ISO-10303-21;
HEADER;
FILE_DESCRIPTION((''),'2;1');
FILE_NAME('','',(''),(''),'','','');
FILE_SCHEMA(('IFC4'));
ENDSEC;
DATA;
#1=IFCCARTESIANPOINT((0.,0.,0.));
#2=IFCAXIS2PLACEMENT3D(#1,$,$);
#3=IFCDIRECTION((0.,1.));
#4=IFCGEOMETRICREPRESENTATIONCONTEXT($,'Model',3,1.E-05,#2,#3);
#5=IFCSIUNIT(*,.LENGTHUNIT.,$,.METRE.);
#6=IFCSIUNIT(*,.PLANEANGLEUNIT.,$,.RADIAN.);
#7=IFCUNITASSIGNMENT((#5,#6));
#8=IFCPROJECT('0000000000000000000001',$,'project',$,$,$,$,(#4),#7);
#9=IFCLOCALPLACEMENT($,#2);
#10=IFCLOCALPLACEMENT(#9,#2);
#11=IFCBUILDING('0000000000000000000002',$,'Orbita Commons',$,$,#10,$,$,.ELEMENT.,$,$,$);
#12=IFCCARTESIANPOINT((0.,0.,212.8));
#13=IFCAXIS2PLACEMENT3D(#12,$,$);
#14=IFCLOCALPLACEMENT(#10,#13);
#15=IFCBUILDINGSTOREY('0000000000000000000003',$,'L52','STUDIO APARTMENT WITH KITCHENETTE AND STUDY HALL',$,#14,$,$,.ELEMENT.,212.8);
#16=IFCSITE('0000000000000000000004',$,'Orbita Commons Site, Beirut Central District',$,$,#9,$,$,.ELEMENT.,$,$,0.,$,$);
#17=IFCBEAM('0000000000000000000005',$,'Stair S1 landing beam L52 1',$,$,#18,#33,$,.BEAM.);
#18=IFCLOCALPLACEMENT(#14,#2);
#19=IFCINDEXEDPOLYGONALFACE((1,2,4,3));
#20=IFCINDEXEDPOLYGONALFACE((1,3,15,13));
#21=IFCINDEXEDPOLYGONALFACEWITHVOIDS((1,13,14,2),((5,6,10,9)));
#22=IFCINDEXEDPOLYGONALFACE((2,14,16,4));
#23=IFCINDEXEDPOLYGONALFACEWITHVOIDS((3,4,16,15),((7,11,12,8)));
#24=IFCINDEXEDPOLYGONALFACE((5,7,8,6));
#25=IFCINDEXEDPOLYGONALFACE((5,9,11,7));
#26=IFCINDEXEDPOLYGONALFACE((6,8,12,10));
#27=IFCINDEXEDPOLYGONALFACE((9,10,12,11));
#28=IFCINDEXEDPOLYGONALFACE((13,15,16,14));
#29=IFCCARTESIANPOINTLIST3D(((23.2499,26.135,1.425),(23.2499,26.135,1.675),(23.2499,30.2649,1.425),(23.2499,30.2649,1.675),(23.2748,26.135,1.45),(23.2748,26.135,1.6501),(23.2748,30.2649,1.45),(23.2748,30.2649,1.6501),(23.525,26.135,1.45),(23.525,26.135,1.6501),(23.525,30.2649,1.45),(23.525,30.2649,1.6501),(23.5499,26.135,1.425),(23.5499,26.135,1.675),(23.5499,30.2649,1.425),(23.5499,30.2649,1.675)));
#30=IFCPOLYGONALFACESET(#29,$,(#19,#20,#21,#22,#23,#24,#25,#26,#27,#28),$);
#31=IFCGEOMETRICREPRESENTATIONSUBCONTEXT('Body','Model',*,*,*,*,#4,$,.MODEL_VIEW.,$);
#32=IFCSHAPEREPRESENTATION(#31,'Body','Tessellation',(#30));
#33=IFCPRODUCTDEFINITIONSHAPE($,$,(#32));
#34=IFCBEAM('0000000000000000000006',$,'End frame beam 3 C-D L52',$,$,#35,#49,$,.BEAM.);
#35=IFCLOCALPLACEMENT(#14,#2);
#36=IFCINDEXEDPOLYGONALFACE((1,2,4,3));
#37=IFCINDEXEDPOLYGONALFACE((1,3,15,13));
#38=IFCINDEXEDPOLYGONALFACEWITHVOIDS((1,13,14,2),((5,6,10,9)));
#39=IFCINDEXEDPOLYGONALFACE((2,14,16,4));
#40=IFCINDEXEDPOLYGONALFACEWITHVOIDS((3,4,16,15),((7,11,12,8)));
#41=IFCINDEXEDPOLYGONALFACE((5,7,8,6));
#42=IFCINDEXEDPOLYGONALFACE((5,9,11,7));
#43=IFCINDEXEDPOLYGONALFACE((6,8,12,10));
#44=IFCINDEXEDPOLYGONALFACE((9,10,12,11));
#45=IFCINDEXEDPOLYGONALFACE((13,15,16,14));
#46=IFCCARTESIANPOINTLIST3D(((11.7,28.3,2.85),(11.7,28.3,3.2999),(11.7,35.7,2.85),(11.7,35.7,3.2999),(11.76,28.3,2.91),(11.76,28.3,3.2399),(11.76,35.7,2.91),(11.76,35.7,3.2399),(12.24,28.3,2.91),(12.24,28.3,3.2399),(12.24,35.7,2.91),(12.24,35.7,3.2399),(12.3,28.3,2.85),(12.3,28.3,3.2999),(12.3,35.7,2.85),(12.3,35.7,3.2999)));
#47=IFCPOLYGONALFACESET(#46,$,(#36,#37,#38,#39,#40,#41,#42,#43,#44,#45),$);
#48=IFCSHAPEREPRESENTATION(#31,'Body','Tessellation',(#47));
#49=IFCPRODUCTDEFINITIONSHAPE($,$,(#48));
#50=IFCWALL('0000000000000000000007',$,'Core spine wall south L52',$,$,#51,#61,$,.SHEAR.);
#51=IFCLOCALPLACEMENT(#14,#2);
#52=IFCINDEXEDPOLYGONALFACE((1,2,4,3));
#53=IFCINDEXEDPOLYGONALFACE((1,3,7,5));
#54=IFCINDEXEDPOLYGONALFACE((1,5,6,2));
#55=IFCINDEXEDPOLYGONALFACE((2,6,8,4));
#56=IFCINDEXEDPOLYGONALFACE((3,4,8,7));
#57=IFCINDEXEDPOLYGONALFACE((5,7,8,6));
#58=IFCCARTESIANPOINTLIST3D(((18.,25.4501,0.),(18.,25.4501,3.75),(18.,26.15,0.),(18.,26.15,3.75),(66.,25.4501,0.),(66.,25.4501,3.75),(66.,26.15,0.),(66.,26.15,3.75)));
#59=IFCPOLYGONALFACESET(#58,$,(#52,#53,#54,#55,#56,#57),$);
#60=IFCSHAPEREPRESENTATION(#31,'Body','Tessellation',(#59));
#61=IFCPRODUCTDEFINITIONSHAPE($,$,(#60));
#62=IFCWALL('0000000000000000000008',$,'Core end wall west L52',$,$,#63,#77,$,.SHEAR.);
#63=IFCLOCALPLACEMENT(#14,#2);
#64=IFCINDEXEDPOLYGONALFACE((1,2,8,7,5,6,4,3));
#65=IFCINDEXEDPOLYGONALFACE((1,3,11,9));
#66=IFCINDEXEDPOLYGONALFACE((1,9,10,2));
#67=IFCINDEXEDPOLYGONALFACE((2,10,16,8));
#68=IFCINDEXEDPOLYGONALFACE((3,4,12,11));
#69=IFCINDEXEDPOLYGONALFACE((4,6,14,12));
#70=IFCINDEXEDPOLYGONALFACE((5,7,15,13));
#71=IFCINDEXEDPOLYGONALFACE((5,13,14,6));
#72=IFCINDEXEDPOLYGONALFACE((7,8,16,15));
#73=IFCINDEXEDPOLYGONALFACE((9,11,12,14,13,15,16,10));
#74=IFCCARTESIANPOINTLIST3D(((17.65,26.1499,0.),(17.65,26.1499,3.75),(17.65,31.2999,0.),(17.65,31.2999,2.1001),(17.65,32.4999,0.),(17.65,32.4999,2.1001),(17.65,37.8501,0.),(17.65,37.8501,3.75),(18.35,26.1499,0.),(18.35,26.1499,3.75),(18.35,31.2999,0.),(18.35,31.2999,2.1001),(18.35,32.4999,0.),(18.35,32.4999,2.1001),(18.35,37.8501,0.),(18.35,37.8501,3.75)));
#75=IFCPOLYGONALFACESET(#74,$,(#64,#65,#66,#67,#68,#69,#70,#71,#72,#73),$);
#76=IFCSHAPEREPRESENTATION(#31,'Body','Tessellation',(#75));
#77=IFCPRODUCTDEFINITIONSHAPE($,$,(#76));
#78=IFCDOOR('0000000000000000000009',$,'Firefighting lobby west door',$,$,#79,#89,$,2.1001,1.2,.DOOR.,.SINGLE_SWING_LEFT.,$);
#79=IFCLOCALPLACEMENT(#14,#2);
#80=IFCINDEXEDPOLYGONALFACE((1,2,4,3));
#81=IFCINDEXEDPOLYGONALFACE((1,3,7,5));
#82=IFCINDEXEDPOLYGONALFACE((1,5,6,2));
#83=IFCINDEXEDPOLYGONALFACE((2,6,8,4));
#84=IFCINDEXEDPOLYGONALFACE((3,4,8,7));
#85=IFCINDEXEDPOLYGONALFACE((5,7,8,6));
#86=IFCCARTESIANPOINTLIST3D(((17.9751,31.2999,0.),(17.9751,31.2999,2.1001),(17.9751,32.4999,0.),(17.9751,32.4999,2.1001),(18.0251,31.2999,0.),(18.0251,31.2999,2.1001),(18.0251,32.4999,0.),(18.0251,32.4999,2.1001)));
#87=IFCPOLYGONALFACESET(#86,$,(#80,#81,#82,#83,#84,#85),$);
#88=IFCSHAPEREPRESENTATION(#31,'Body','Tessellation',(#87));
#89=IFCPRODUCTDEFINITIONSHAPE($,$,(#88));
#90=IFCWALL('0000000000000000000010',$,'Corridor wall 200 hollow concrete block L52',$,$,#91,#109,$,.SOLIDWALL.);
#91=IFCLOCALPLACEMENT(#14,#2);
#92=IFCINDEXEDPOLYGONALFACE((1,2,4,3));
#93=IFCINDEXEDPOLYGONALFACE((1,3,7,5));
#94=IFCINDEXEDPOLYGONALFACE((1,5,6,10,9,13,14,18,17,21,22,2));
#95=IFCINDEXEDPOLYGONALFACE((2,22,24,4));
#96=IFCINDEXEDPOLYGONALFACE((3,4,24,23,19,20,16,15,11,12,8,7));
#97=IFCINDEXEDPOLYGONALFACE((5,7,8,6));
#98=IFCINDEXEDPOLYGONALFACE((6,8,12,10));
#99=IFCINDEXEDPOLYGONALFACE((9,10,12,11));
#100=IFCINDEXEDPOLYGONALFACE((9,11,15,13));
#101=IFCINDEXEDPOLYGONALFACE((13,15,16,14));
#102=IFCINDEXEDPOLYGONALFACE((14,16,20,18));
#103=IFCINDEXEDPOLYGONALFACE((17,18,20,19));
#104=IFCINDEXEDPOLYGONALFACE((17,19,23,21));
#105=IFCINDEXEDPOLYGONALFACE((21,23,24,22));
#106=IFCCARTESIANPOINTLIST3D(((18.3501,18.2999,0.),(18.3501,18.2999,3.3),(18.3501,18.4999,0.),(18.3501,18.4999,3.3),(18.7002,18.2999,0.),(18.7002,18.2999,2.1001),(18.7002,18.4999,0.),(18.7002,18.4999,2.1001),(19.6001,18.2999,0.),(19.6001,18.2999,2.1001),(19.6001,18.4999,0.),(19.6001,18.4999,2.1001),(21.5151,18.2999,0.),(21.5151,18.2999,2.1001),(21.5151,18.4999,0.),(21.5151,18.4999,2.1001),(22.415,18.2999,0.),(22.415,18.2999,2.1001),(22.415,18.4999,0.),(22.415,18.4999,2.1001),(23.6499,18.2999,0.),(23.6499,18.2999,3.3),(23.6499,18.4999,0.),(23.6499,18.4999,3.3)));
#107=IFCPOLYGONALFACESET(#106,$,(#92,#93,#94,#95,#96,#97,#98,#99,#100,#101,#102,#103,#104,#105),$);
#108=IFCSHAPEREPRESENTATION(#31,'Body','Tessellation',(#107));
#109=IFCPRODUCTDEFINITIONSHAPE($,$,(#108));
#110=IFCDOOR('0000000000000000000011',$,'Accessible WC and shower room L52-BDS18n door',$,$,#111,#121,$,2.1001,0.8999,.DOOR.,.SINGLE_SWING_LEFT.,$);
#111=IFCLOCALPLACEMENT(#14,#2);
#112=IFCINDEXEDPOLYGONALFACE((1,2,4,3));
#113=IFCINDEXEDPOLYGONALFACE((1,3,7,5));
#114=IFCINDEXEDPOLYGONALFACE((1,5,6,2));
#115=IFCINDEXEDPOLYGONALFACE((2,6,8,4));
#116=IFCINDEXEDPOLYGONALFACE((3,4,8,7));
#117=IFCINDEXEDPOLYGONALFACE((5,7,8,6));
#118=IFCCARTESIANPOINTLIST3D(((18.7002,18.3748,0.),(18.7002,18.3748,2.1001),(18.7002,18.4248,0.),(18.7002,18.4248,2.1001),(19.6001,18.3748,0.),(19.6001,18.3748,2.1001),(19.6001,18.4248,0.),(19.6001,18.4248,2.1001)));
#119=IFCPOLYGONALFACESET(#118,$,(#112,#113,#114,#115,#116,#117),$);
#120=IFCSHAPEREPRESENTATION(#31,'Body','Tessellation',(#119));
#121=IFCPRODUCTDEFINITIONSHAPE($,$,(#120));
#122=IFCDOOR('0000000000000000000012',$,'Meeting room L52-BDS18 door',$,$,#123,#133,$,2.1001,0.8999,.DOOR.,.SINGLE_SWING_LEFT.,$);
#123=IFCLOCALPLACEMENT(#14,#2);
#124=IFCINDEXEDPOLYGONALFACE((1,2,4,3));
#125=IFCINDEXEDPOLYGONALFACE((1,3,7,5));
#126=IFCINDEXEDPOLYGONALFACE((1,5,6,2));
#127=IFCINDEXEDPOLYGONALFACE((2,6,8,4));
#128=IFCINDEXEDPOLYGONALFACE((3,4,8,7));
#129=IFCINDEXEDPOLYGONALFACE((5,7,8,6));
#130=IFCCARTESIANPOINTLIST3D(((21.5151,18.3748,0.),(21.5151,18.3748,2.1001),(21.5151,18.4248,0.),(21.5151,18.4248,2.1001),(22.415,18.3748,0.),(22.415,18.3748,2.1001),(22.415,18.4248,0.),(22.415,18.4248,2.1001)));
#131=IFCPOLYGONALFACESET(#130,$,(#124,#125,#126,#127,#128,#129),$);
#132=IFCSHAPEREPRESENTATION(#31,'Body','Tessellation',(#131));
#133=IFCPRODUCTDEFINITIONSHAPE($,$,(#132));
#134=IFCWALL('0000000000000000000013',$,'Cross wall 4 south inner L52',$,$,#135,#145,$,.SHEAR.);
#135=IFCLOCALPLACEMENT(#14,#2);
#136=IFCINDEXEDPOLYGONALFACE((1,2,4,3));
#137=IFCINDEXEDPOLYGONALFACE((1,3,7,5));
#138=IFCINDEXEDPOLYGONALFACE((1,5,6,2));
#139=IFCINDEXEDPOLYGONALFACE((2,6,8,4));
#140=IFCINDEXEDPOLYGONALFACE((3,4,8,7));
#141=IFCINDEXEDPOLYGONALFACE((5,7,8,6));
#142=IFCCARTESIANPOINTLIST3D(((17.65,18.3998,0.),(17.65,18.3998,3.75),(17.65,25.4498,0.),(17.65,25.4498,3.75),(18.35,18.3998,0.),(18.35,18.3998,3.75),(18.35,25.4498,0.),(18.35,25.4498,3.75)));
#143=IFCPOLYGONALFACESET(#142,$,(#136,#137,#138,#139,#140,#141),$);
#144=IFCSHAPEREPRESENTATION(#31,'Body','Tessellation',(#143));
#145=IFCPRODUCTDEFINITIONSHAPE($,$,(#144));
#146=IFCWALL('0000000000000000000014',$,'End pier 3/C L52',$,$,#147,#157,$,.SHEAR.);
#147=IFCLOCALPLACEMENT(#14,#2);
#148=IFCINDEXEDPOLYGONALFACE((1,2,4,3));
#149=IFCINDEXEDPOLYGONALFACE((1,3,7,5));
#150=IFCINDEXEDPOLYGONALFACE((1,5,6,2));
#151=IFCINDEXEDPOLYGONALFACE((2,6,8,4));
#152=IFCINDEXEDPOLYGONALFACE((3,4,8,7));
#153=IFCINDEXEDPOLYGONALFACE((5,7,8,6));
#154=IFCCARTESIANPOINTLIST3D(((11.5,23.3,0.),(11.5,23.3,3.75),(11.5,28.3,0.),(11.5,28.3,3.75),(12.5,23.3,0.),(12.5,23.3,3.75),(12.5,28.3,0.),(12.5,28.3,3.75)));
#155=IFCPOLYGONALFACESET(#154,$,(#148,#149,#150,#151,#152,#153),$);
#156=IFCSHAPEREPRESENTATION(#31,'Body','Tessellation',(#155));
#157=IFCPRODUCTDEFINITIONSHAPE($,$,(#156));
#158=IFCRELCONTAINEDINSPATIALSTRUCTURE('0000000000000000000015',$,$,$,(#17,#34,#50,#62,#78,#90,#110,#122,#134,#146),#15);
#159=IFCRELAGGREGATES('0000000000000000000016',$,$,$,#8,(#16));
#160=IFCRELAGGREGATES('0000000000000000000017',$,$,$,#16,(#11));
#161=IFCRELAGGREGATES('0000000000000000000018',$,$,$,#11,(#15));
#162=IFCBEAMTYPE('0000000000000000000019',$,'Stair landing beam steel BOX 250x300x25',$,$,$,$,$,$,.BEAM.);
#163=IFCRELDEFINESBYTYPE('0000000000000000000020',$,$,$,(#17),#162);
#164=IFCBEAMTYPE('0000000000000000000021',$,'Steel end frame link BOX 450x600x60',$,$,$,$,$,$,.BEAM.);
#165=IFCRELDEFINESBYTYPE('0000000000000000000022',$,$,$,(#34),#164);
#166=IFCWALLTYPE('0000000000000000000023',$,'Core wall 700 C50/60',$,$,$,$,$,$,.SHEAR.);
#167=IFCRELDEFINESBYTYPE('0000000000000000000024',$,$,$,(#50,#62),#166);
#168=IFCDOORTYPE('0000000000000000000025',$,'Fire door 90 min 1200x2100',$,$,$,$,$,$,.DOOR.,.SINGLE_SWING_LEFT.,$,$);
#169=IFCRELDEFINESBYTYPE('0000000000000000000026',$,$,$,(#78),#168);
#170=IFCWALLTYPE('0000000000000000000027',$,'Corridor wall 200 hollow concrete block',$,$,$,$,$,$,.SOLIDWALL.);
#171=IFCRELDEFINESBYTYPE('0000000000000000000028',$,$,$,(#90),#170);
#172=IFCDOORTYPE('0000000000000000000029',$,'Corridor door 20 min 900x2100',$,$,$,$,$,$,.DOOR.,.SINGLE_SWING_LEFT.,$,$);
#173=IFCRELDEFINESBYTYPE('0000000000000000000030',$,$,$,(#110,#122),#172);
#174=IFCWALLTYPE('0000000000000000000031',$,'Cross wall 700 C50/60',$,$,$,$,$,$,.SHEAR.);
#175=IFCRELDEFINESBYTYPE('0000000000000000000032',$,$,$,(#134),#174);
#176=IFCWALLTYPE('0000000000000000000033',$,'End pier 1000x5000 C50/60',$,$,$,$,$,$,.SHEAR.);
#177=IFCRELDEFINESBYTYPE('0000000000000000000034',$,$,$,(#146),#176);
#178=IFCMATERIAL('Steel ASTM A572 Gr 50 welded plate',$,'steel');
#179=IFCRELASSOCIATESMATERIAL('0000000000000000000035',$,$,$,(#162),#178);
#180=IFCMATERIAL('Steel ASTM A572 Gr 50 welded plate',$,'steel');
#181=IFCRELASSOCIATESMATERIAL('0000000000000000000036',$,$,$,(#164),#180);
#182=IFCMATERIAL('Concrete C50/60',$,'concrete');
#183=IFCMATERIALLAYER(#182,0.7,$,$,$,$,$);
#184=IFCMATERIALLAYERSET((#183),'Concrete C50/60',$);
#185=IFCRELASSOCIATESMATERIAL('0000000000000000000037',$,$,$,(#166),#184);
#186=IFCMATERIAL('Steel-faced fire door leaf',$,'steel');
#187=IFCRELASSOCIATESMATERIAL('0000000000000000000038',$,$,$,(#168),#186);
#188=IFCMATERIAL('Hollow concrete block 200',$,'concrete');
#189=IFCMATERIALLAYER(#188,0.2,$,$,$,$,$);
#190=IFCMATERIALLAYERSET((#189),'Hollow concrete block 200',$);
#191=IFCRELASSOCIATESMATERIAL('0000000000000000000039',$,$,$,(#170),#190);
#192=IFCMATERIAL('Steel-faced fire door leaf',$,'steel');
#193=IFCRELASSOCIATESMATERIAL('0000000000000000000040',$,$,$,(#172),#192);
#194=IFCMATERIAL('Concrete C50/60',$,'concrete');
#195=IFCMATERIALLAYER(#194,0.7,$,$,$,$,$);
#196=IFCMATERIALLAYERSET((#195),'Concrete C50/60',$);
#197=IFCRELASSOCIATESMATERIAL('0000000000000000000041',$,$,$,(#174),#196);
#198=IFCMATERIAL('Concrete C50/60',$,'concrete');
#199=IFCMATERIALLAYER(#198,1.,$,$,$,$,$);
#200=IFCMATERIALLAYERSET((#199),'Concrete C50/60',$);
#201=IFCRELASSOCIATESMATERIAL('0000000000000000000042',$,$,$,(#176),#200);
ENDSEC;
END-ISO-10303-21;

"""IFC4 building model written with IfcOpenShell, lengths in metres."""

from ifc_helpers import new_model, si_unit, direction, frame, frame_2d, origin, origin_2d, place, context, subcontext, project, spatial, rectangle, hollow_rectangle, extrude, material, layer, layer_set, material_profile, profile_set, type_object, element, fill, save


model = new_model("IFC4")

# Units and contexts
model_context = context("Model", 3, precision=1e-05, world=origin(), true_north=direction((0.0, 1.0)))
body_context = subcontext(model_context, "Body", "Model", "MODEL_VIEW")
ifc_project = project(units=[si_unit("LENGTHUNIT", "METRE"), si_unit("PLANEANGLEUNIT", "RADIAN")], contexts=[model_context])

# Site, building, storey
site_placement = place(None, origin())
site = spatial("IfcSite", under=ifc_project, at=site_placement, Name="Orbita Commons Site, Beirut Central District", CompositionType="ELEMENT", RefElevation=0.0)
building_placement = place(site_placement, origin())
building = spatial("IfcBuilding", under=site, at=building_placement, Name="Orbita Commons", CompositionType="ELEMENT")
storey_placement = place(building_placement, frame((0.0, 0.0, 212.8)))
storey = spatial("IfcBuildingStorey", under=building, at=storey_placement, Name="L52", Description="STUDIO APARTMENT WITH KITCHENETTE AND STUDY HALL", CompositionType="ELEMENT", Elevation=212.8)

# Beams
ifc_material_1 = material(Name="Steel ASTM A572 Gr 50 welded plate", Category="steel")
ifc_material_profile_1 = material_profile(ifc_material_1, hollow_rectangle(XDim=0.3, YDim=0.25, WallThickness=0.0249, at=origin_2d()), Name="BOX 250x300x25")
ifc_profile_set_1 = profile_set([ifc_material_profile_1], Name="Steel ASTM A572 Gr 50 welded plate")
beam_type_1 = type_object("IfcBeamType", Name="Stair landing beam steel BOX 250x300x25", PredefinedType="BEAM", material=ifc_profile_set_1)
beam_1_placement = place(storey_placement, frame((23.3999, 26.135, 1.55), z_axis=(0.0, 1.0, 0.0), x_axis=(-1.0, 0.0, 0.0)))
element("IfcBeam", 1, at=beam_1_placement, inside=storey, type_object=beam_type_1, Name="Stair S1 landing beam L52 1", PredefinedType="BEAM", context=body_context, shape_type="SweptSolid", body=[
    extrude(hollow_rectangle(XDim=0.3, YDim=0.25, WallThickness=0.0249, at=origin_2d()), origin(), (0.0, 0.0, 1.0), 4.1299),
])
ifc_material_2 = material(Name="Steel ASTM A572 Gr 50 welded plate", Category="steel")
ifc_material_profile_2 = material_profile(ifc_material_2, hollow_rectangle(XDim=0.6001, YDim=0.45, WallThickness=0.0601, at=origin_2d()), Name="BOX 450x600x60")
ifc_profile_set_2 = profile_set([ifc_material_profile_2], Name="Steel ASTM A572 Gr 50 welded plate")
beam_type_2 = type_object("IfcBeamType", Name="Steel end frame link BOX 450x600x60", PredefinedType="BEAM", material=ifc_profile_set_2)
beam_2_placement = place(storey_placement, frame((12.0, 28.3, 3.075), z_axis=(0.0, 1.0, 0.0), x_axis=(-1.0, 0.0, 0.0)))
element("IfcBeam", 2, at=beam_2_placement, inside=storey, type_object=beam_type_2, Name="End frame beam 3 C-D L52", PredefinedType="BEAM", context=body_context, shape_type="SweptSolid", body=[
    extrude(hollow_rectangle(XDim=0.6001, YDim=0.45, WallThickness=0.0601, at=origin_2d()), origin(), (0.0, 0.0, 1.0), 7.3999),
])

# Wall
ifc_material_3 = material(Name="Concrete C50/60", Category="concrete")
ifc_layer_1 = layer(ifc_material_3, 0.7)
ifc_layer_set_1 = layer_set([ifc_layer_1], Name="Concrete C50/60")
wall_type_1 = type_object("IfcWallType", Name="Core wall 700 C50/60", PredefinedType="SHEAR", material=ifc_layer_set_1)
wall_1_placement = place(storey_placement, frame((18.0, 25.8, 0.0), z_axis=(0.0, 0.0, 1.0), x_axis=(1.0, 0.0, 0.0)))
element("IfcWall", 3, at=wall_1_placement, inside=storey, type_object=wall_type_1, Name="Core spine wall south L52", PredefinedType="SHEAR", context=body_context, shape_type="SweptSolid", body=[
    extrude(rectangle(XDim=48.0, YDim=0.7, at=frame_2d((24.0, 0.0))), origin(), (0.0, 0.0, 1.0), 3.75),
])

# Wall, opening, door
wall_2_placement = place(storey_placement, frame((18.0, 26.1499, 0.0), z_axis=(0.0, 0.0, 1.0), x_axis=(0.0, 1.0, 0.0)))
wall_2 = element("IfcWall", 4, at=wall_2_placement, inside=storey, type_object=wall_type_1, Name="Core end wall west L52", PredefinedType="SHEAR", context=body_context, shape_type="SweptSolid", body=[
    extrude(rectangle(XDim=11.7002, YDim=0.7, at=frame_2d((5.8501, 0.0))), origin(), (0.0, 0.0, 1.0), 3.75),
])
opening_1_placement = place(wall_2_placement, frame((5.1499, 0.0, 0.0)))
opening_1 = element("IfcOpeningElement", 5, at=opening_1_placement, cuts=wall_2, PredefinedType="OPENING", context=body_context, shape_type="SweptSolid", body=[
    extrude(rectangle(XDim=1.2, YDim=2.1001, at=frame_2d((0.6001, 1.05))), frame((0.0, 0.3599, 0.0), z_axis=(0.0, -1.0, 0.0), x_axis=(1.0, 0.0, 0.0)), (0.0, 0.0, 1.0), 0.72),
])
ifc_material_4 = material(Name="Steel-faced fire door leaf", Category="steel")
door_type_1 = type_object("IfcDoorType", Name="Fire door 90 min 1200x2100", OperationType="SINGLE_SWING_LEFT", PredefinedType="DOOR", material=ifc_material_4)
door_1_placement = place(opening_1_placement, origin())
door_1 = element("IfcDoor", 6, at=door_1_placement, inside=storey, type_object=door_type_1, Name="Firefighting lobby west door", OperationType="SINGLE_SWING_LEFT", OverallHeight=2.1001, OverallWidth=1.2, PredefinedType="DOOR", context=body_context, shape_type="SweptSolid", body=[
    extrude(rectangle(XDim=1.2, YDim=2.1001, at=frame_2d((0.6001, 1.05))), frame((0.0, 0.0249, 0.0), z_axis=(0.0, -1.0, 0.0), x_axis=(1.0, 0.0, 0.0)), (0.0, 0.0, 1.0), 0.05),
])
fill(opening_1, door_1)

# Wall, openings, doors
ifc_material_5 = material(Name="Hollow concrete block 200", Category="concrete")
ifc_layer_2 = layer(ifc_material_5, 0.2)
ifc_layer_set_2 = layer_set([ifc_layer_2], Name="Hollow concrete block 200")
wall_type_2 = type_object("IfcWallType", Name="Corridor wall 200 hollow concrete block", PredefinedType="SOLIDWALL", material=ifc_layer_set_2)
wall_3_placement = place(storey_placement, frame((18.3501, 18.3999, 0.0), z_axis=(0.0, 0.0, 1.0), x_axis=(1.0, 0.0, 0.0)))
wall_3 = element("IfcWall", 7, at=wall_3_placement, inside=storey, type_object=wall_type_2, Name="Corridor wall 200 hollow concrete block L52", PredefinedType="SOLIDWALL", context=body_context, shape_type="SweptSolid", body=[
    extrude(rectangle(XDim=5.2998, YDim=0.2, at=frame_2d((2.6499, 0.0))), origin(), (0.0, 0.0, 1.0), 3.3),
])
opening_2_placement = place(wall_3_placement, frame((0.3501, 0.0, 0.0)))
opening_2 = element("IfcOpeningElement", 8, at=opening_2_placement, cuts=wall_3, PredefinedType="OPENING", context=body_context, shape_type="SweptSolid", body=[
    extrude(rectangle(XDim=0.8999, YDim=2.1001, at=frame_2d((0.45, 1.05))), frame((0.0, 0.1099, 0.0), z_axis=(0.0, -1.0, 0.0), x_axis=(1.0, 0.0, 0.0)), (0.0, 0.0, 1.0), 0.22),
])
opening_3_placement = place(wall_3_placement, frame((3.165, 0.0, 0.0)))
opening_3 = element("IfcOpeningElement", 9, at=opening_3_placement, cuts=wall_3, PredefinedType="OPENING", context=body_context, shape_type="SweptSolid", body=[
    extrude(rectangle(XDim=0.8999, YDim=2.1001, at=frame_2d((0.45, 1.05))), frame((0.0, 0.1099, 0.0), z_axis=(0.0, -1.0, 0.0), x_axis=(1.0, 0.0, 0.0)), (0.0, 0.0, 1.0), 0.22),
])
ifc_material_6 = material(Name="Steel-faced fire door leaf", Category="steel")
door_type_2 = type_object("IfcDoorType", Name="Corridor door 20 min 900x2100", OperationType="SINGLE_SWING_LEFT", PredefinedType="DOOR", material=ifc_material_6)
door_2_placement = place(opening_2_placement, origin())
door_2 = element("IfcDoor", 10, at=door_2_placement, inside=storey, type_object=door_type_2, Name="Accessible WC and shower room L52-BDS18n door", OperationType="SINGLE_SWING_LEFT", OverallHeight=2.1001, OverallWidth=0.8999, PredefinedType="DOOR", context=body_context, shape_type="SweptSolid", body=[
    extrude(rectangle(XDim=0.8999, YDim=2.1001, at=frame_2d((0.45, 1.05))), frame((0.0, 0.0249, 0.0), z_axis=(0.0, -1.0, 0.0), x_axis=(1.0, 0.0, 0.0)), (0.0, 0.0, 1.0), 0.05),
])
fill(opening_2, door_2)
door_3_placement = place(opening_3_placement, origin())
door_3 = element("IfcDoor", 11, at=door_3_placement, inside=storey, type_object=door_type_2, Name="Meeting room L52-BDS18 door", OperationType="SINGLE_SWING_LEFT", OverallHeight=2.1001, OverallWidth=0.8999, PredefinedType="DOOR", context=body_context, shape_type="SweptSolid", body=[
    extrude(rectangle(XDim=0.8999, YDim=2.1001, at=frame_2d((0.45, 1.05))), frame((0.0, 0.0249, 0.0), z_axis=(0.0, -1.0, 0.0), x_axis=(1.0, 0.0, 0.0)), (0.0, 0.0, 1.0), 0.05),
])
fill(opening_3, door_3)

# Walls
ifc_material_7 = material(Name="Concrete C50/60", Category="concrete")
ifc_layer_3 = layer(ifc_material_7, 0.7)
ifc_layer_set_3 = layer_set([ifc_layer_3], Name="Concrete C50/60")
wall_type_3 = type_object("IfcWallType", Name="Cross wall 700 C50/60", PredefinedType="SHEAR", material=ifc_layer_set_3)
wall_4_placement = place(storey_placement, frame((18.0, 18.3999, 0.0), z_axis=(0.0, 0.0, 1.0), x_axis=(0.0, 1.0, 0.0)))
element("IfcWall", 12, at=wall_4_placement, inside=storey, type_object=wall_type_3, Name="Cross wall 4 south inner L52", PredefinedType="SHEAR", context=body_context, shape_type="SweptSolid", body=[
    extrude(rectangle(XDim=7.05, YDim=0.7, at=frame_2d((3.5249, 0.0))), origin(), (0.0, 0.0, 1.0), 3.75),
])
ifc_material_8 = material(Name="Concrete C50/60", Category="concrete")
ifc_layer_4 = layer(ifc_material_8, 1.0)
ifc_layer_set_4 = layer_set([ifc_layer_4], Name="Concrete C50/60")
wall_type_4 = type_object("IfcWallType", Name="End pier 1000x5000 C50/60", PredefinedType="SHEAR", material=ifc_layer_set_4)
wall_5_placement = place(storey_placement, frame((12.0, 23.3, 0.0), z_axis=(0.0, 0.0, 1.0), x_axis=(0.0, 1.0, 0.0)))
element("IfcWall", 13, at=wall_5_placement, inside=storey, type_object=wall_type_4, Name="End pier 3/C L52", PredefinedType="SHEAR", context=body_context, shape_type="SweptSolid", body=[
    extrude(rectangle(XDim=5.0, YDim=1.0, at=frame_2d((2.5, 0.0))), origin(), (0.0, 0.0, 1.0), 3.75),
])

save(model, "model.ifc")
